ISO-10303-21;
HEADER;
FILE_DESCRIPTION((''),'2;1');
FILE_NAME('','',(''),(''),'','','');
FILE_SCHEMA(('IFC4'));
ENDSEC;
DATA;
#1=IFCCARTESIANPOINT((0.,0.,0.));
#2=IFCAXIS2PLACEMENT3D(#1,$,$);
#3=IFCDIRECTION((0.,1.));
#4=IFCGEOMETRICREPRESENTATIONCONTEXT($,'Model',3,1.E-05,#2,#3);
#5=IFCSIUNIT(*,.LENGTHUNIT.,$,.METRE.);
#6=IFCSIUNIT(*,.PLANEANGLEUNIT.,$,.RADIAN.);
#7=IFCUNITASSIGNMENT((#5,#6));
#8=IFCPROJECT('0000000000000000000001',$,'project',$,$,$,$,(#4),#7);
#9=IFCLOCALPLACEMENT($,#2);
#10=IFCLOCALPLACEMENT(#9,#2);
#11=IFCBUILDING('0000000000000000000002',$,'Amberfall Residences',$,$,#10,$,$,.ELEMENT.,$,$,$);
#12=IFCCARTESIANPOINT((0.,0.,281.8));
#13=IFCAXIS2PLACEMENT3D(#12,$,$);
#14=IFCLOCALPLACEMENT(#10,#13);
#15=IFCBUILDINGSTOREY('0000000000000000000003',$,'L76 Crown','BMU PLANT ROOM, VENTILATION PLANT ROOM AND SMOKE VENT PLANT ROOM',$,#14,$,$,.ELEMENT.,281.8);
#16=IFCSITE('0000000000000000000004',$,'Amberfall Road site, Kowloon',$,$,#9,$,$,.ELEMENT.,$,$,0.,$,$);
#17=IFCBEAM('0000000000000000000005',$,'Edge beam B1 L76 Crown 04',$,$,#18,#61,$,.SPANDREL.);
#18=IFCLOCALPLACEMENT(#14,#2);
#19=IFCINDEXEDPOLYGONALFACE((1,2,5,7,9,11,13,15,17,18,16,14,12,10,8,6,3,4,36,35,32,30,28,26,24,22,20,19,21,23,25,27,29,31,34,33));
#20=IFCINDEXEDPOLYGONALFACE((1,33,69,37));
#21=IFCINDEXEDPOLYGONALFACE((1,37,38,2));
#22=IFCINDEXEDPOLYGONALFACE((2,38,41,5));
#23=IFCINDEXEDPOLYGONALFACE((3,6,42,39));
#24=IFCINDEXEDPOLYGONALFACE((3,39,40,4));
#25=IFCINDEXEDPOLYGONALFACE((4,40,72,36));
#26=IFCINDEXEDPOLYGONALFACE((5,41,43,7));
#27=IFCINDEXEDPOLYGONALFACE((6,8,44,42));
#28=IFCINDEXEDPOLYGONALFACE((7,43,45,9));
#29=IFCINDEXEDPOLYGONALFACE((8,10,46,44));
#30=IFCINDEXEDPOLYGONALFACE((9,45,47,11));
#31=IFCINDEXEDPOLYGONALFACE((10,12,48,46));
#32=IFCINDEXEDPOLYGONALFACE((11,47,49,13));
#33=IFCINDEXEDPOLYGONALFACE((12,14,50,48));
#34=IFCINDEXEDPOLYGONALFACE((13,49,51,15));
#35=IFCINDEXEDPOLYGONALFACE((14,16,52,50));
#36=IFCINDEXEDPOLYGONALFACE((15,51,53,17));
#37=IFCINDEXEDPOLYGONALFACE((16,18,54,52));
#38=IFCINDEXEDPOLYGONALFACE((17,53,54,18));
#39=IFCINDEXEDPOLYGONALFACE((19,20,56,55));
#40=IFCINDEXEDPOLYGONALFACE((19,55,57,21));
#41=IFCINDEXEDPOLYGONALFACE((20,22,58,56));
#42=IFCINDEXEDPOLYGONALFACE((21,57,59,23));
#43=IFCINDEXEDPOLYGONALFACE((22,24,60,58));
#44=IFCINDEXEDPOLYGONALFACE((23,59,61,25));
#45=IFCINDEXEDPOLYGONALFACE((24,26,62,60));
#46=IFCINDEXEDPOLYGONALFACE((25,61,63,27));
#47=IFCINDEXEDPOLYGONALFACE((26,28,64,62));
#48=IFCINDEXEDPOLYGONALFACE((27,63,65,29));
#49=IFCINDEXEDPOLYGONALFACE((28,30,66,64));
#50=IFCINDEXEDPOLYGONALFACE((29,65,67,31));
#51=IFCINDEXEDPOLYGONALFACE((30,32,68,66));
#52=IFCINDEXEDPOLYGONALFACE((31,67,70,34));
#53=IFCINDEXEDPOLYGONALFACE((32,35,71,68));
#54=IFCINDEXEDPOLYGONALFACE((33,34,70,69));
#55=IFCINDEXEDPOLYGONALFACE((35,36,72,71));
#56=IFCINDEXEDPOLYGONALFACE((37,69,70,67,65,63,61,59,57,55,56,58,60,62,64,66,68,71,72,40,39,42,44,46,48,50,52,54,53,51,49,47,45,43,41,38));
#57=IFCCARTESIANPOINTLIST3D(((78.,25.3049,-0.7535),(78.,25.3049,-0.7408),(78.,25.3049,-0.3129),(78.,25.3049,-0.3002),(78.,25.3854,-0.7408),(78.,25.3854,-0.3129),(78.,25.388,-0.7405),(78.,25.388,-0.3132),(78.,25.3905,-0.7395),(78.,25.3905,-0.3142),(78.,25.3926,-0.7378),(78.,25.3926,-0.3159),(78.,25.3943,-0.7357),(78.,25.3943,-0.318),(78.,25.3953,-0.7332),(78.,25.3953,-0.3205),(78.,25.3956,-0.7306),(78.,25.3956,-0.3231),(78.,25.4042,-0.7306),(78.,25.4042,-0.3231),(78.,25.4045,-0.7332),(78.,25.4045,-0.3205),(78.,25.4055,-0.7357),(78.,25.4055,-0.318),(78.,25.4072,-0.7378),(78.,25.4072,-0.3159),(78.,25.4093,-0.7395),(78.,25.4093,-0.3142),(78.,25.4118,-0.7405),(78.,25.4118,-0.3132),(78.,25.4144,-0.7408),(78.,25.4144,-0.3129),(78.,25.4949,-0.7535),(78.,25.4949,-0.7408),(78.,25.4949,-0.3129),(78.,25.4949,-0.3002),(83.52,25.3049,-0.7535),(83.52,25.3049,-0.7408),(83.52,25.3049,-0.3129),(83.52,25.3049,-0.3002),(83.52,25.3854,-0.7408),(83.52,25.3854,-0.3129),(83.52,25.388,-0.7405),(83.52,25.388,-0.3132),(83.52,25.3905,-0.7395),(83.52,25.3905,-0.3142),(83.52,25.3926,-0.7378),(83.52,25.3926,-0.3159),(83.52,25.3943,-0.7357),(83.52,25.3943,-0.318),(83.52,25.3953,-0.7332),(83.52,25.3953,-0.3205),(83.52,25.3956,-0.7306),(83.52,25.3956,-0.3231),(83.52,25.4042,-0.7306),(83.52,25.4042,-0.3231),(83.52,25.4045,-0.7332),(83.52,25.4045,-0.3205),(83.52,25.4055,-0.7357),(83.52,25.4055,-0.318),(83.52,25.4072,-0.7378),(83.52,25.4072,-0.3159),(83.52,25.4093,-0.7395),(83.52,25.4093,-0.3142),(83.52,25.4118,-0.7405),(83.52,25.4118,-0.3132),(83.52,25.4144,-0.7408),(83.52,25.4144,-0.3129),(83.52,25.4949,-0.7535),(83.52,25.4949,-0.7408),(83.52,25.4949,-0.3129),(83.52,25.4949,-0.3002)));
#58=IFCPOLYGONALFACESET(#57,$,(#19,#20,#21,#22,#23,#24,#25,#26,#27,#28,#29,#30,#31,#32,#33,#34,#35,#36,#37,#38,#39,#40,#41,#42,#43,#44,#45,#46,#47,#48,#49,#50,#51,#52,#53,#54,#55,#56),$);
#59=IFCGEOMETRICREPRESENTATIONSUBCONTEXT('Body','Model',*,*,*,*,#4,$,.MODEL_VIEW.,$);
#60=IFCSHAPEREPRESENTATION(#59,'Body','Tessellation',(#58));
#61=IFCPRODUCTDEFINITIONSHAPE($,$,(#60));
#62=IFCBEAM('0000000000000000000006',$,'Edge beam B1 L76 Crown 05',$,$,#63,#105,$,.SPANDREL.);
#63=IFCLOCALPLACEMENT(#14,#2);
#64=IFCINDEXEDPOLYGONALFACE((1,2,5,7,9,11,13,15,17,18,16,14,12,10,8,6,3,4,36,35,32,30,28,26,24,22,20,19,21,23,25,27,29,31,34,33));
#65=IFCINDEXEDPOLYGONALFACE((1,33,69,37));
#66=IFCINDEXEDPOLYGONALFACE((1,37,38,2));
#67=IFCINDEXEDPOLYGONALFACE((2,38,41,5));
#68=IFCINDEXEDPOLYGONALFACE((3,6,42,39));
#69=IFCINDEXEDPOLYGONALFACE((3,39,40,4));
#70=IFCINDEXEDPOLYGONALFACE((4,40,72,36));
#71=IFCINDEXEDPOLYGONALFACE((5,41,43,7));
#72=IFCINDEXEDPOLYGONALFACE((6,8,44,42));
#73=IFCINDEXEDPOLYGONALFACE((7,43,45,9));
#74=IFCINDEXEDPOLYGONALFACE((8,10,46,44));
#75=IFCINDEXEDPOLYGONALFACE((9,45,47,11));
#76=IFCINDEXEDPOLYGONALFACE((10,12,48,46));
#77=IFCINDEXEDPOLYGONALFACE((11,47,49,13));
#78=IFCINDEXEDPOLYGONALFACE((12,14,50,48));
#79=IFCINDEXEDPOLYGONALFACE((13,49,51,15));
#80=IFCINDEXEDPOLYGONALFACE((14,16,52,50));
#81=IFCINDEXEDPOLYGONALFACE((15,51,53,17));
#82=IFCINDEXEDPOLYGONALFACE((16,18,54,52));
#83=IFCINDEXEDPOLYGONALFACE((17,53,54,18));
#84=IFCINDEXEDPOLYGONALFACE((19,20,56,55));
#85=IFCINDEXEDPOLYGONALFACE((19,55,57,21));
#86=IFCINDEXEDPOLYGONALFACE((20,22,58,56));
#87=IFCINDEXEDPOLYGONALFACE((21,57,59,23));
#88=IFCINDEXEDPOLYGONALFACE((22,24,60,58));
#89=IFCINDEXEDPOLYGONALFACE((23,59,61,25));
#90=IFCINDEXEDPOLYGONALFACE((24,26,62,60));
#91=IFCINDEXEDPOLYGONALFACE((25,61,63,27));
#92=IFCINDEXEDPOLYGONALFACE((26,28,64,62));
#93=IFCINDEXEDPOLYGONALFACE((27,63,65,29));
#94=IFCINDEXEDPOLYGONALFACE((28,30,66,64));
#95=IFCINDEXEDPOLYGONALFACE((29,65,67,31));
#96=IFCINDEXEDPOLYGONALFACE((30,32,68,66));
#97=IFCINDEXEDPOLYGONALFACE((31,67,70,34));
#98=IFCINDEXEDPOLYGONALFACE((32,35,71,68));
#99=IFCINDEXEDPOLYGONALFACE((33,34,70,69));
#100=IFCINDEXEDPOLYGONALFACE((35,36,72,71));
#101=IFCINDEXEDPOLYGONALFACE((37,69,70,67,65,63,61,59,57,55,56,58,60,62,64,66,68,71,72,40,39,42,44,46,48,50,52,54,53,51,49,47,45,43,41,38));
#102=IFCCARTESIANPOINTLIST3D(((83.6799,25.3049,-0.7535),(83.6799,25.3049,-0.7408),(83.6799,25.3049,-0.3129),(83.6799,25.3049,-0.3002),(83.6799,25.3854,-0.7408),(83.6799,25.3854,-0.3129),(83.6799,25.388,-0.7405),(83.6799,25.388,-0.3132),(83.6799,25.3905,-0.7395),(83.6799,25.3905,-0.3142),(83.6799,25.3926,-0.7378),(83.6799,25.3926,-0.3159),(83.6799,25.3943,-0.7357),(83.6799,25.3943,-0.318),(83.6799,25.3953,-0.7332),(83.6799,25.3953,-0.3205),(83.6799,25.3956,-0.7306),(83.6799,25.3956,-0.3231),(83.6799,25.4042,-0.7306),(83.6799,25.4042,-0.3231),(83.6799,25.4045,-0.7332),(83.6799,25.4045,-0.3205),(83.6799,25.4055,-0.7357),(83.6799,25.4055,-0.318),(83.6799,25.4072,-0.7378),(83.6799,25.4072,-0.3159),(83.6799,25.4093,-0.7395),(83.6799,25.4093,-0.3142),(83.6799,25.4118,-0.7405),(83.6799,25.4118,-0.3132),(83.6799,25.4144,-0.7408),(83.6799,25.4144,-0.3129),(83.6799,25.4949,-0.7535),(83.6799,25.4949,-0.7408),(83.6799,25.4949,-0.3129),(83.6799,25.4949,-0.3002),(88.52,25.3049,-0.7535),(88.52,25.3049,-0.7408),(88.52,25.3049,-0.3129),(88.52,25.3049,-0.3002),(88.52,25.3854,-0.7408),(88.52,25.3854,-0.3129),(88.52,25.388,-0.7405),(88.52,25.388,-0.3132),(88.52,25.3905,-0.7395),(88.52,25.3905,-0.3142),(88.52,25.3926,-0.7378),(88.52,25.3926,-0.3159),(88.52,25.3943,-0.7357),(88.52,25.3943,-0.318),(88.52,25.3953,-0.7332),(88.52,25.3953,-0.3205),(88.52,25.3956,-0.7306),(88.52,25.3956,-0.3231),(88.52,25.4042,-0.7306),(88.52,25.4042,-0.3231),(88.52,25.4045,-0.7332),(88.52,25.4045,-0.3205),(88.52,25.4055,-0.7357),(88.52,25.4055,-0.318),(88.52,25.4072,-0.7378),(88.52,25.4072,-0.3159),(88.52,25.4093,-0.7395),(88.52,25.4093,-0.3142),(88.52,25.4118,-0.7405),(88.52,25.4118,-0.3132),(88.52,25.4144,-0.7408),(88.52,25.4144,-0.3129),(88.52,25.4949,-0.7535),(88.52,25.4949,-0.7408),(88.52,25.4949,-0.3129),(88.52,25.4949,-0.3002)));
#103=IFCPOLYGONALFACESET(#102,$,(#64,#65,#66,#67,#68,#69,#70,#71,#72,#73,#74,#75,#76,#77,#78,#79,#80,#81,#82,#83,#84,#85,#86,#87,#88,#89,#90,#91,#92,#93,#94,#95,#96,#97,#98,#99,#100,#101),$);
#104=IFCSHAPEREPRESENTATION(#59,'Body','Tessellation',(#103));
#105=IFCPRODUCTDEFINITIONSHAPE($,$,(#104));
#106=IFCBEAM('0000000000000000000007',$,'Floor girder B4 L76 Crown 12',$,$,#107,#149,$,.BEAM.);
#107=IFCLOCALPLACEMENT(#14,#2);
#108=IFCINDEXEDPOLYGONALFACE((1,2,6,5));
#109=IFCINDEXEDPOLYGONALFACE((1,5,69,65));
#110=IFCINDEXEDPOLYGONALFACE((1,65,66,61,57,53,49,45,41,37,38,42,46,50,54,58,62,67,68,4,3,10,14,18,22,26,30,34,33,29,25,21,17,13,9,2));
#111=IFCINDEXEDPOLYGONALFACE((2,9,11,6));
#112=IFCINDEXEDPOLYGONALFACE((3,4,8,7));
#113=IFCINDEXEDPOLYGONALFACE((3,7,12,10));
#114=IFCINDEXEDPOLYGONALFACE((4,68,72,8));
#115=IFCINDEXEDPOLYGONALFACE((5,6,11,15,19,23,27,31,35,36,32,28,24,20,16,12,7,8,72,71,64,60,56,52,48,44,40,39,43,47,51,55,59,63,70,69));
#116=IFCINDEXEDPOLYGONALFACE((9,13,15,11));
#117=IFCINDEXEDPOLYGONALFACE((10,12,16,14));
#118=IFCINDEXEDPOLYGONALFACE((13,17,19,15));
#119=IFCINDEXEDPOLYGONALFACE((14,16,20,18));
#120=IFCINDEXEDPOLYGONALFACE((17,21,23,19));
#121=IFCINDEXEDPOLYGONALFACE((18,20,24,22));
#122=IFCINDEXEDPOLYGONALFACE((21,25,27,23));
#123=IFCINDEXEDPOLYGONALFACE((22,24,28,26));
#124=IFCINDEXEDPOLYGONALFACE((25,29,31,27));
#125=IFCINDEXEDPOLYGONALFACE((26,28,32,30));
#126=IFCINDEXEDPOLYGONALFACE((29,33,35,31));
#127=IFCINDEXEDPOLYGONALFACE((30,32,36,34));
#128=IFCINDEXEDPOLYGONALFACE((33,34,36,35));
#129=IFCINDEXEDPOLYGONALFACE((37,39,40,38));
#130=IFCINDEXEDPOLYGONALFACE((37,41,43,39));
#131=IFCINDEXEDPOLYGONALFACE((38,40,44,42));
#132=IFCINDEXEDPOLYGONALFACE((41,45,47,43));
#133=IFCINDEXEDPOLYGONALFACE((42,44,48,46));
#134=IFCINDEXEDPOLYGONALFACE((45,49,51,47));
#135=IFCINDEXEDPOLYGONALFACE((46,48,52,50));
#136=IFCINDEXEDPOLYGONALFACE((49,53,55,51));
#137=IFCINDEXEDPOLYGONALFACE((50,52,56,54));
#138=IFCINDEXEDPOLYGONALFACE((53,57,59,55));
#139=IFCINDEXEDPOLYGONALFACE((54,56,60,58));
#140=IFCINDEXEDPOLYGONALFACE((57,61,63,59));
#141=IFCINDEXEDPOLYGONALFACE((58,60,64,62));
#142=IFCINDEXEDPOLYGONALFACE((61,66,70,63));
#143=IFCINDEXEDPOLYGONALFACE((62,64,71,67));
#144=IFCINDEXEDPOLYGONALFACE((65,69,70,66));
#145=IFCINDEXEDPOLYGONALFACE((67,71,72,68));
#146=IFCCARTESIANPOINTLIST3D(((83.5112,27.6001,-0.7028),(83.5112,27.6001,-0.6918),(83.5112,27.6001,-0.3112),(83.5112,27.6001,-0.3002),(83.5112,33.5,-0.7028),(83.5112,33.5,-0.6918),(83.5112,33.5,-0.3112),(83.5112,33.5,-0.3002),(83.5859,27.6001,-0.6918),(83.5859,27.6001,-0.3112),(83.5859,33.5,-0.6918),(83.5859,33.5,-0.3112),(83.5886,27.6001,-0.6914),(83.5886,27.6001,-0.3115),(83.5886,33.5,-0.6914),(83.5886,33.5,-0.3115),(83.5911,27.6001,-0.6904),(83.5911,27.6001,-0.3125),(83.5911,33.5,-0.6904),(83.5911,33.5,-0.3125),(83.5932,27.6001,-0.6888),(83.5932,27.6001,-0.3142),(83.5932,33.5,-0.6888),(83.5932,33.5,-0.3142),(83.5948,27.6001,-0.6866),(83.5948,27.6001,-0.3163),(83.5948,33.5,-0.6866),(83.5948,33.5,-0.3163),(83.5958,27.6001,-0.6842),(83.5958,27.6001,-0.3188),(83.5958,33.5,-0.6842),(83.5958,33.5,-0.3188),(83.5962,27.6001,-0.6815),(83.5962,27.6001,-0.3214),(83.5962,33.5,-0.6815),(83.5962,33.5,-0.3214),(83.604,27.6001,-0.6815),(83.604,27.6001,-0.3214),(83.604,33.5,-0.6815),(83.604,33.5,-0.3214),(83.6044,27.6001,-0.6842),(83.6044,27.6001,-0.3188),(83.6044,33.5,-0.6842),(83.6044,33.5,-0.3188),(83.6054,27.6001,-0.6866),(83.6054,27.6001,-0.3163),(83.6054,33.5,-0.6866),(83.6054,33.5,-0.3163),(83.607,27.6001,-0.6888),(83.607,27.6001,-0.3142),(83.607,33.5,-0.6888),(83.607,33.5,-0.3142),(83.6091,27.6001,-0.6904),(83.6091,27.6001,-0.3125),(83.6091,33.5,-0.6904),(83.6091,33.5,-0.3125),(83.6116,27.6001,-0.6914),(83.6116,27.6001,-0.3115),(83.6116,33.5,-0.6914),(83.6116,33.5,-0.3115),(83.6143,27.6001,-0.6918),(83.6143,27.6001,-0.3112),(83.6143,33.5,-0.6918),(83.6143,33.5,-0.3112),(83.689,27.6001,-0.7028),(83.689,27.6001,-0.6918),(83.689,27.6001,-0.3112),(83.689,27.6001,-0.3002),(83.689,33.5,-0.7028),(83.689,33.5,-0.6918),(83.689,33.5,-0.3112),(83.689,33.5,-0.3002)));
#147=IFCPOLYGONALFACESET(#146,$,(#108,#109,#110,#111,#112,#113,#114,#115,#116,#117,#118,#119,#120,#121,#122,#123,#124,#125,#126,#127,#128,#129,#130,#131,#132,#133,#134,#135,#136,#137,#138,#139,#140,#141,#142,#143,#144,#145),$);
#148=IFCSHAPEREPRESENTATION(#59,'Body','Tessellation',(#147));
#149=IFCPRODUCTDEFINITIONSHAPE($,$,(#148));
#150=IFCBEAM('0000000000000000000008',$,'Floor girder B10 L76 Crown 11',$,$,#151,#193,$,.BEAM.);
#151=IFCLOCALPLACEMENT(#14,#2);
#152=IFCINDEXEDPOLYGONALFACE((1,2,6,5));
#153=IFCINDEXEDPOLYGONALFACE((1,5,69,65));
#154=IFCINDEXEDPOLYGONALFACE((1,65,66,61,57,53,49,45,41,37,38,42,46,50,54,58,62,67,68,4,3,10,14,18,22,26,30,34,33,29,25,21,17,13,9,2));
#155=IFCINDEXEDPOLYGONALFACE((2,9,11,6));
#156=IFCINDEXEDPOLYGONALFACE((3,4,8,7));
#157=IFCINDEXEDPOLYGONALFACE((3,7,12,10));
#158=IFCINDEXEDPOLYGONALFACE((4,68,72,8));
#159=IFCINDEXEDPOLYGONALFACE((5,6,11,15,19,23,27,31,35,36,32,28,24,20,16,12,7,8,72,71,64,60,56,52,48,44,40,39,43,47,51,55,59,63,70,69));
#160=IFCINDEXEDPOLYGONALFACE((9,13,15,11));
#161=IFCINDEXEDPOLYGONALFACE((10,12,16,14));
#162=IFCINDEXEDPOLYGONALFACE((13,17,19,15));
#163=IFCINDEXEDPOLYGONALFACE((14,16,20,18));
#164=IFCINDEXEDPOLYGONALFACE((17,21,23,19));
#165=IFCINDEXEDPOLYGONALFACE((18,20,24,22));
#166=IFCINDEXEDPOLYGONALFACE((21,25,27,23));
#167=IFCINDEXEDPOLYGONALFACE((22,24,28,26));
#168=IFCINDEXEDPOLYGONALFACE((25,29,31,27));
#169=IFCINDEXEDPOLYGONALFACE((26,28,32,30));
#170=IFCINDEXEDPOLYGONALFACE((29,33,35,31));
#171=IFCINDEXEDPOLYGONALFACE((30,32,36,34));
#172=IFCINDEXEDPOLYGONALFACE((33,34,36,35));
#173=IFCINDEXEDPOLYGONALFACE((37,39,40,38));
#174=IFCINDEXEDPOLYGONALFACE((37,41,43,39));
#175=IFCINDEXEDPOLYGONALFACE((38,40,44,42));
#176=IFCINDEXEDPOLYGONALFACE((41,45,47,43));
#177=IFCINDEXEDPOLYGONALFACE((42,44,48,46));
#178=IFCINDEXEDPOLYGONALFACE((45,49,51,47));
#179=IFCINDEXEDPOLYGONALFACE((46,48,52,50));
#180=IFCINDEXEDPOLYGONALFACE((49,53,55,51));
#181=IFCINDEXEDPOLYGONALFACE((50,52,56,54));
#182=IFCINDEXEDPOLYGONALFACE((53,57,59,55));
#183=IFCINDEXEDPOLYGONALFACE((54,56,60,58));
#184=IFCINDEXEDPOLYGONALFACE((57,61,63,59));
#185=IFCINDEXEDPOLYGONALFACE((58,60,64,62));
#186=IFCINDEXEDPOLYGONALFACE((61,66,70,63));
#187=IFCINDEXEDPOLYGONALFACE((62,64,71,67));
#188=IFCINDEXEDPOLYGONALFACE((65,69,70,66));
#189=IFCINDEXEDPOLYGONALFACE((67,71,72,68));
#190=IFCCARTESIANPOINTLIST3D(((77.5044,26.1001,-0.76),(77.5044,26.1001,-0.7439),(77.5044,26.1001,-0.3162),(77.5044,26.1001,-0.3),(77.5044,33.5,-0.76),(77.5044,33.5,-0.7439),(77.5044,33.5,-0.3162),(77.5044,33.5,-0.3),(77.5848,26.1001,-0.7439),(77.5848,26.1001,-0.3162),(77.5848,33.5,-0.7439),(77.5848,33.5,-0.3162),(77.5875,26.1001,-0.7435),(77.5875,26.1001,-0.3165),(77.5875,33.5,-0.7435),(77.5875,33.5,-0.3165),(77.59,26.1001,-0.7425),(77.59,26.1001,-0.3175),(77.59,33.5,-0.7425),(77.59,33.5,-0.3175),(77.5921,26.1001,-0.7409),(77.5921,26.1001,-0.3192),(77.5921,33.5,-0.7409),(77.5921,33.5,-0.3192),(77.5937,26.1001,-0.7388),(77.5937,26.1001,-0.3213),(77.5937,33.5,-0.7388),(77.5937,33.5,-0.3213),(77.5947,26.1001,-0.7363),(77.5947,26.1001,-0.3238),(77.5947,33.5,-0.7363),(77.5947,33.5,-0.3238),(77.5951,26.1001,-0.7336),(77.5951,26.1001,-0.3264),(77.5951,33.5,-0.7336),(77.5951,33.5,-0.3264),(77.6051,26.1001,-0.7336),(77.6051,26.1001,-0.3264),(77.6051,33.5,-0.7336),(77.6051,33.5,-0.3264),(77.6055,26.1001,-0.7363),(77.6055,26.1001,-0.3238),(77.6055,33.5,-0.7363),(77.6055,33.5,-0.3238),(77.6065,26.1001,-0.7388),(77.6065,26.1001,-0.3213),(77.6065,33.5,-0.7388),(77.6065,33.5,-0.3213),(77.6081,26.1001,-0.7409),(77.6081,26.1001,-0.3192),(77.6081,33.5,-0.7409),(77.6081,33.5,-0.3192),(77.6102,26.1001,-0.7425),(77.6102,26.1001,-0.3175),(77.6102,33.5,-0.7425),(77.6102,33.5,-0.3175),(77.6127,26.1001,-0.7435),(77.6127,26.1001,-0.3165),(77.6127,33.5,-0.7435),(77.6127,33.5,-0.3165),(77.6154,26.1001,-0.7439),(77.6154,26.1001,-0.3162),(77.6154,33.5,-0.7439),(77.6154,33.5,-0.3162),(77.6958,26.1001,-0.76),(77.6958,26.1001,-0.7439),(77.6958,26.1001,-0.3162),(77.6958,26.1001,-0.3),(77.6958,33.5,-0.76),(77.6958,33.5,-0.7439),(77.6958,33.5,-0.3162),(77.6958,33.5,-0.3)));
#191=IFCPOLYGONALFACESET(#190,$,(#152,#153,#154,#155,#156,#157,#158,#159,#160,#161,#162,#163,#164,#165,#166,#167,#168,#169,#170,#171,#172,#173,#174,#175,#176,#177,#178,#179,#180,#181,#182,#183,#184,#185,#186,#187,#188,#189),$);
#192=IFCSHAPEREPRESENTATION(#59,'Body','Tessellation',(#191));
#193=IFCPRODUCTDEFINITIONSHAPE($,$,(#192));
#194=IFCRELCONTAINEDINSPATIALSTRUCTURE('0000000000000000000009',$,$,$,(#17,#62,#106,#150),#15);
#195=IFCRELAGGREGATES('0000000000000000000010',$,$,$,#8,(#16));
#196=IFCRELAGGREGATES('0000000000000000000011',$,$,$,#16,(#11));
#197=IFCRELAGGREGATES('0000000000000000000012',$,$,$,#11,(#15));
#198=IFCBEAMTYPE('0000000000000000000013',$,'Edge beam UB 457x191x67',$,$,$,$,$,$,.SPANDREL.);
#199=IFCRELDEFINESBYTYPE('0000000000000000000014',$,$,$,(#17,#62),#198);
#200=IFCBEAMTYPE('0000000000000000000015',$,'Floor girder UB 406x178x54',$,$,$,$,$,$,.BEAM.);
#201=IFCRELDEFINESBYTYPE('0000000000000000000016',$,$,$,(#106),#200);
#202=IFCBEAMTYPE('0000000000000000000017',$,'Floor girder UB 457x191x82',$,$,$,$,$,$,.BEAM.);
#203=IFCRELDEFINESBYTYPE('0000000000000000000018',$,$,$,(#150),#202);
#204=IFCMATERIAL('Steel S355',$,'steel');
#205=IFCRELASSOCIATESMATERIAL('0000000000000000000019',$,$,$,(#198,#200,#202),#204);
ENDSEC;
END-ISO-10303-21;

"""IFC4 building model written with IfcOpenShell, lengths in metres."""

from ifc_helpers import new_model, si_unit, direction, frame, origin, origin_2d, place, context, subcontext, project, spatial, i_section, extrude, material, material_profile, profile_set, type_object, element, save


model = new_model("IFC4")

# Units and contexts
model_context = context("Model", 3, precision=1e-05, world=origin(), true_north=direction((0.0, 1.0)))
body_context = subcontext(model_context, "Body", "Model", "MODEL_VIEW")
ifc_project = project(units=[si_unit("LENGTHUNIT", "METRE"), si_unit("PLANEANGLEUNIT", "RADIAN")], contexts=[model_context])

# Site, building, storey
site_placement = place(None, origin())
site = spatial("IfcSite", under=ifc_project, at=site_placement, Name="Amberfall Road site, Kowloon", CompositionType="ELEMENT", RefElevation=0.0)
building_placement = place(site_placement, origin())
building = spatial("IfcBuilding", under=site, at=building_placement, Name="Amberfall Residences", CompositionType="ELEMENT")
storey_placement = place(building_placement, frame((0.0, 0.0, 281.8)))
storey = spatial("IfcBuildingStorey", under=building, at=storey_placement, Name="L76 Crown", Description="BMU PLANT ROOM, VENTILATION PLANT ROOM AND SMOKE VENT PLANT ROOM", CompositionType="ELEMENT", Elevation=281.8)

# Beams
ifc_material_1 = material(Name="Steel S355", Category="steel")
ifc_material_profile_1 = material_profile(ifc_material_1, i_section(OverallWidth=0.1899, OverallDepth=0.4534, WebThickness=0.0085, FlangeThickness=0.0127, FilletRadius=0.0103, at=origin_2d()), Name="UB 457x191x67")
ifc_profile_set_1 = profile_set([ifc_material_profile_1], Name="Steel S355")
beam_type_1 = type_object("IfcBeamType", Name="Edge beam UB 457x191x67", PredefinedType="SPANDREL", material=ifc_profile_set_1)
beam_1_placement = place(storey_placement, frame((78.0, 25.3999, -0.5269), z_axis=(1.0, 0.0, 0.0), x_axis=(0.0, 1.0, 0.0)))
element("IfcBeam", 1, at=beam_1_placement, inside=storey, type_object=beam_type_1, Name="Edge beam B1 L76 Crown 04", PredefinedType="SPANDREL", context=body_context, shape_type="SweptSolid", body=[
    extrude(i_section(OverallWidth=0.1899, OverallDepth=0.4534, WebThickness=0.0085, FlangeThickness=0.0127, FilletRadius=0.0103, at=origin_2d()), origin(), (0.0, 0.0, 1.0), 5.52),
])
beam_2_placement = place(storey_placement, frame((83.6799, 25.3999, -0.5269), z_axis=(1.0, 0.0, 0.0), x_axis=(0.0, 1.0, 0.0)))
element("IfcBeam", 2, at=beam_2_placement, inside=storey, type_object=beam_type_1, Name="Edge beam B1 L76 Crown 05", PredefinedType="SPANDREL", context=body_context, shape_type="SweptSolid", body=[
    extrude(i_section(OverallWidth=0.1899, OverallDepth=0.4534, WebThickness=0.0085, FlangeThickness=0.0127, FilletRadius=0.0103, at=origin_2d()), origin(), (0.0, 0.0, 1.0), 4.8401),
])
ifc_material_profile_2 = material_profile(ifc_material_1, i_section(OverallWidth=0.1777, OverallDepth=0.4026, WebThickness=0.0078, FlangeThickness=0.011, FilletRadius=0.0103, at=origin_2d()), Name="UB 406x178x54")
ifc_profile_set_2 = profile_set([ifc_material_profile_2], Name="Steel S355")
beam_type_2 = type_object("IfcBeamType", Name="Floor girder UB 406x178x54", PredefinedType="BEAM", material=ifc_profile_set_2)
beam_3_placement = place(storey_placement, frame((83.6001, 27.6001, -0.5015), z_axis=(0.0, 1.0, 0.0), x_axis=(-1.0, 0.0, 0.0)))
element("IfcBeam", 3, at=beam_3_placement, inside=storey, type_object=beam_type_2, Name="Floor girder B4 L76 Crown 12", PredefinedType="BEAM", context=body_context, shape_type="SweptSolid", body=[
    extrude(i_section(OverallWidth=0.1777, OverallDepth=0.4026, WebThickness=0.0078, FlangeThickness=0.011, FilletRadius=0.0103, at=origin_2d()), origin(), (0.0, 0.0, 1.0), 5.8999),
])
ifc_material_profile_3 = material_profile(ifc_material_1, i_section(OverallWidth=0.1914, OverallDepth=0.46, WebThickness=0.01, FlangeThickness=0.0161, FilletRadius=0.0103, at=origin_2d()), Name="UB 457x191x82")
ifc_profile_set_3 = profile_set([ifc_material_profile_3], Name="Steel S355")
beam_type_3 = type_object("IfcBeamType", Name="Floor girder UB 457x191x82", PredefinedType="BEAM", material=ifc_profile_set_3)
beam_4_placement = place(storey_placement, frame((77.6001, 26.1001, -0.53), z_axis=(0.0, 1.0, 0.0), x_axis=(-1.0, 0.0, 0.0)))
element("IfcBeam", 4, at=beam_4_placement, inside=storey, type_object=beam_type_3, Name="Floor girder B10 L76 Crown 11", PredefinedType="BEAM", context=body_context, shape_type="SweptSolid", body=[
    extrude(i_section(OverallWidth=0.1914, OverallDepth=0.46, WebThickness=0.01, FlangeThickness=0.0161, FilletRadius=0.0103, at=origin_2d()), origin(), (0.0, 0.0, 1.0), 7.3999),
])

save(model, "model.ifc")
